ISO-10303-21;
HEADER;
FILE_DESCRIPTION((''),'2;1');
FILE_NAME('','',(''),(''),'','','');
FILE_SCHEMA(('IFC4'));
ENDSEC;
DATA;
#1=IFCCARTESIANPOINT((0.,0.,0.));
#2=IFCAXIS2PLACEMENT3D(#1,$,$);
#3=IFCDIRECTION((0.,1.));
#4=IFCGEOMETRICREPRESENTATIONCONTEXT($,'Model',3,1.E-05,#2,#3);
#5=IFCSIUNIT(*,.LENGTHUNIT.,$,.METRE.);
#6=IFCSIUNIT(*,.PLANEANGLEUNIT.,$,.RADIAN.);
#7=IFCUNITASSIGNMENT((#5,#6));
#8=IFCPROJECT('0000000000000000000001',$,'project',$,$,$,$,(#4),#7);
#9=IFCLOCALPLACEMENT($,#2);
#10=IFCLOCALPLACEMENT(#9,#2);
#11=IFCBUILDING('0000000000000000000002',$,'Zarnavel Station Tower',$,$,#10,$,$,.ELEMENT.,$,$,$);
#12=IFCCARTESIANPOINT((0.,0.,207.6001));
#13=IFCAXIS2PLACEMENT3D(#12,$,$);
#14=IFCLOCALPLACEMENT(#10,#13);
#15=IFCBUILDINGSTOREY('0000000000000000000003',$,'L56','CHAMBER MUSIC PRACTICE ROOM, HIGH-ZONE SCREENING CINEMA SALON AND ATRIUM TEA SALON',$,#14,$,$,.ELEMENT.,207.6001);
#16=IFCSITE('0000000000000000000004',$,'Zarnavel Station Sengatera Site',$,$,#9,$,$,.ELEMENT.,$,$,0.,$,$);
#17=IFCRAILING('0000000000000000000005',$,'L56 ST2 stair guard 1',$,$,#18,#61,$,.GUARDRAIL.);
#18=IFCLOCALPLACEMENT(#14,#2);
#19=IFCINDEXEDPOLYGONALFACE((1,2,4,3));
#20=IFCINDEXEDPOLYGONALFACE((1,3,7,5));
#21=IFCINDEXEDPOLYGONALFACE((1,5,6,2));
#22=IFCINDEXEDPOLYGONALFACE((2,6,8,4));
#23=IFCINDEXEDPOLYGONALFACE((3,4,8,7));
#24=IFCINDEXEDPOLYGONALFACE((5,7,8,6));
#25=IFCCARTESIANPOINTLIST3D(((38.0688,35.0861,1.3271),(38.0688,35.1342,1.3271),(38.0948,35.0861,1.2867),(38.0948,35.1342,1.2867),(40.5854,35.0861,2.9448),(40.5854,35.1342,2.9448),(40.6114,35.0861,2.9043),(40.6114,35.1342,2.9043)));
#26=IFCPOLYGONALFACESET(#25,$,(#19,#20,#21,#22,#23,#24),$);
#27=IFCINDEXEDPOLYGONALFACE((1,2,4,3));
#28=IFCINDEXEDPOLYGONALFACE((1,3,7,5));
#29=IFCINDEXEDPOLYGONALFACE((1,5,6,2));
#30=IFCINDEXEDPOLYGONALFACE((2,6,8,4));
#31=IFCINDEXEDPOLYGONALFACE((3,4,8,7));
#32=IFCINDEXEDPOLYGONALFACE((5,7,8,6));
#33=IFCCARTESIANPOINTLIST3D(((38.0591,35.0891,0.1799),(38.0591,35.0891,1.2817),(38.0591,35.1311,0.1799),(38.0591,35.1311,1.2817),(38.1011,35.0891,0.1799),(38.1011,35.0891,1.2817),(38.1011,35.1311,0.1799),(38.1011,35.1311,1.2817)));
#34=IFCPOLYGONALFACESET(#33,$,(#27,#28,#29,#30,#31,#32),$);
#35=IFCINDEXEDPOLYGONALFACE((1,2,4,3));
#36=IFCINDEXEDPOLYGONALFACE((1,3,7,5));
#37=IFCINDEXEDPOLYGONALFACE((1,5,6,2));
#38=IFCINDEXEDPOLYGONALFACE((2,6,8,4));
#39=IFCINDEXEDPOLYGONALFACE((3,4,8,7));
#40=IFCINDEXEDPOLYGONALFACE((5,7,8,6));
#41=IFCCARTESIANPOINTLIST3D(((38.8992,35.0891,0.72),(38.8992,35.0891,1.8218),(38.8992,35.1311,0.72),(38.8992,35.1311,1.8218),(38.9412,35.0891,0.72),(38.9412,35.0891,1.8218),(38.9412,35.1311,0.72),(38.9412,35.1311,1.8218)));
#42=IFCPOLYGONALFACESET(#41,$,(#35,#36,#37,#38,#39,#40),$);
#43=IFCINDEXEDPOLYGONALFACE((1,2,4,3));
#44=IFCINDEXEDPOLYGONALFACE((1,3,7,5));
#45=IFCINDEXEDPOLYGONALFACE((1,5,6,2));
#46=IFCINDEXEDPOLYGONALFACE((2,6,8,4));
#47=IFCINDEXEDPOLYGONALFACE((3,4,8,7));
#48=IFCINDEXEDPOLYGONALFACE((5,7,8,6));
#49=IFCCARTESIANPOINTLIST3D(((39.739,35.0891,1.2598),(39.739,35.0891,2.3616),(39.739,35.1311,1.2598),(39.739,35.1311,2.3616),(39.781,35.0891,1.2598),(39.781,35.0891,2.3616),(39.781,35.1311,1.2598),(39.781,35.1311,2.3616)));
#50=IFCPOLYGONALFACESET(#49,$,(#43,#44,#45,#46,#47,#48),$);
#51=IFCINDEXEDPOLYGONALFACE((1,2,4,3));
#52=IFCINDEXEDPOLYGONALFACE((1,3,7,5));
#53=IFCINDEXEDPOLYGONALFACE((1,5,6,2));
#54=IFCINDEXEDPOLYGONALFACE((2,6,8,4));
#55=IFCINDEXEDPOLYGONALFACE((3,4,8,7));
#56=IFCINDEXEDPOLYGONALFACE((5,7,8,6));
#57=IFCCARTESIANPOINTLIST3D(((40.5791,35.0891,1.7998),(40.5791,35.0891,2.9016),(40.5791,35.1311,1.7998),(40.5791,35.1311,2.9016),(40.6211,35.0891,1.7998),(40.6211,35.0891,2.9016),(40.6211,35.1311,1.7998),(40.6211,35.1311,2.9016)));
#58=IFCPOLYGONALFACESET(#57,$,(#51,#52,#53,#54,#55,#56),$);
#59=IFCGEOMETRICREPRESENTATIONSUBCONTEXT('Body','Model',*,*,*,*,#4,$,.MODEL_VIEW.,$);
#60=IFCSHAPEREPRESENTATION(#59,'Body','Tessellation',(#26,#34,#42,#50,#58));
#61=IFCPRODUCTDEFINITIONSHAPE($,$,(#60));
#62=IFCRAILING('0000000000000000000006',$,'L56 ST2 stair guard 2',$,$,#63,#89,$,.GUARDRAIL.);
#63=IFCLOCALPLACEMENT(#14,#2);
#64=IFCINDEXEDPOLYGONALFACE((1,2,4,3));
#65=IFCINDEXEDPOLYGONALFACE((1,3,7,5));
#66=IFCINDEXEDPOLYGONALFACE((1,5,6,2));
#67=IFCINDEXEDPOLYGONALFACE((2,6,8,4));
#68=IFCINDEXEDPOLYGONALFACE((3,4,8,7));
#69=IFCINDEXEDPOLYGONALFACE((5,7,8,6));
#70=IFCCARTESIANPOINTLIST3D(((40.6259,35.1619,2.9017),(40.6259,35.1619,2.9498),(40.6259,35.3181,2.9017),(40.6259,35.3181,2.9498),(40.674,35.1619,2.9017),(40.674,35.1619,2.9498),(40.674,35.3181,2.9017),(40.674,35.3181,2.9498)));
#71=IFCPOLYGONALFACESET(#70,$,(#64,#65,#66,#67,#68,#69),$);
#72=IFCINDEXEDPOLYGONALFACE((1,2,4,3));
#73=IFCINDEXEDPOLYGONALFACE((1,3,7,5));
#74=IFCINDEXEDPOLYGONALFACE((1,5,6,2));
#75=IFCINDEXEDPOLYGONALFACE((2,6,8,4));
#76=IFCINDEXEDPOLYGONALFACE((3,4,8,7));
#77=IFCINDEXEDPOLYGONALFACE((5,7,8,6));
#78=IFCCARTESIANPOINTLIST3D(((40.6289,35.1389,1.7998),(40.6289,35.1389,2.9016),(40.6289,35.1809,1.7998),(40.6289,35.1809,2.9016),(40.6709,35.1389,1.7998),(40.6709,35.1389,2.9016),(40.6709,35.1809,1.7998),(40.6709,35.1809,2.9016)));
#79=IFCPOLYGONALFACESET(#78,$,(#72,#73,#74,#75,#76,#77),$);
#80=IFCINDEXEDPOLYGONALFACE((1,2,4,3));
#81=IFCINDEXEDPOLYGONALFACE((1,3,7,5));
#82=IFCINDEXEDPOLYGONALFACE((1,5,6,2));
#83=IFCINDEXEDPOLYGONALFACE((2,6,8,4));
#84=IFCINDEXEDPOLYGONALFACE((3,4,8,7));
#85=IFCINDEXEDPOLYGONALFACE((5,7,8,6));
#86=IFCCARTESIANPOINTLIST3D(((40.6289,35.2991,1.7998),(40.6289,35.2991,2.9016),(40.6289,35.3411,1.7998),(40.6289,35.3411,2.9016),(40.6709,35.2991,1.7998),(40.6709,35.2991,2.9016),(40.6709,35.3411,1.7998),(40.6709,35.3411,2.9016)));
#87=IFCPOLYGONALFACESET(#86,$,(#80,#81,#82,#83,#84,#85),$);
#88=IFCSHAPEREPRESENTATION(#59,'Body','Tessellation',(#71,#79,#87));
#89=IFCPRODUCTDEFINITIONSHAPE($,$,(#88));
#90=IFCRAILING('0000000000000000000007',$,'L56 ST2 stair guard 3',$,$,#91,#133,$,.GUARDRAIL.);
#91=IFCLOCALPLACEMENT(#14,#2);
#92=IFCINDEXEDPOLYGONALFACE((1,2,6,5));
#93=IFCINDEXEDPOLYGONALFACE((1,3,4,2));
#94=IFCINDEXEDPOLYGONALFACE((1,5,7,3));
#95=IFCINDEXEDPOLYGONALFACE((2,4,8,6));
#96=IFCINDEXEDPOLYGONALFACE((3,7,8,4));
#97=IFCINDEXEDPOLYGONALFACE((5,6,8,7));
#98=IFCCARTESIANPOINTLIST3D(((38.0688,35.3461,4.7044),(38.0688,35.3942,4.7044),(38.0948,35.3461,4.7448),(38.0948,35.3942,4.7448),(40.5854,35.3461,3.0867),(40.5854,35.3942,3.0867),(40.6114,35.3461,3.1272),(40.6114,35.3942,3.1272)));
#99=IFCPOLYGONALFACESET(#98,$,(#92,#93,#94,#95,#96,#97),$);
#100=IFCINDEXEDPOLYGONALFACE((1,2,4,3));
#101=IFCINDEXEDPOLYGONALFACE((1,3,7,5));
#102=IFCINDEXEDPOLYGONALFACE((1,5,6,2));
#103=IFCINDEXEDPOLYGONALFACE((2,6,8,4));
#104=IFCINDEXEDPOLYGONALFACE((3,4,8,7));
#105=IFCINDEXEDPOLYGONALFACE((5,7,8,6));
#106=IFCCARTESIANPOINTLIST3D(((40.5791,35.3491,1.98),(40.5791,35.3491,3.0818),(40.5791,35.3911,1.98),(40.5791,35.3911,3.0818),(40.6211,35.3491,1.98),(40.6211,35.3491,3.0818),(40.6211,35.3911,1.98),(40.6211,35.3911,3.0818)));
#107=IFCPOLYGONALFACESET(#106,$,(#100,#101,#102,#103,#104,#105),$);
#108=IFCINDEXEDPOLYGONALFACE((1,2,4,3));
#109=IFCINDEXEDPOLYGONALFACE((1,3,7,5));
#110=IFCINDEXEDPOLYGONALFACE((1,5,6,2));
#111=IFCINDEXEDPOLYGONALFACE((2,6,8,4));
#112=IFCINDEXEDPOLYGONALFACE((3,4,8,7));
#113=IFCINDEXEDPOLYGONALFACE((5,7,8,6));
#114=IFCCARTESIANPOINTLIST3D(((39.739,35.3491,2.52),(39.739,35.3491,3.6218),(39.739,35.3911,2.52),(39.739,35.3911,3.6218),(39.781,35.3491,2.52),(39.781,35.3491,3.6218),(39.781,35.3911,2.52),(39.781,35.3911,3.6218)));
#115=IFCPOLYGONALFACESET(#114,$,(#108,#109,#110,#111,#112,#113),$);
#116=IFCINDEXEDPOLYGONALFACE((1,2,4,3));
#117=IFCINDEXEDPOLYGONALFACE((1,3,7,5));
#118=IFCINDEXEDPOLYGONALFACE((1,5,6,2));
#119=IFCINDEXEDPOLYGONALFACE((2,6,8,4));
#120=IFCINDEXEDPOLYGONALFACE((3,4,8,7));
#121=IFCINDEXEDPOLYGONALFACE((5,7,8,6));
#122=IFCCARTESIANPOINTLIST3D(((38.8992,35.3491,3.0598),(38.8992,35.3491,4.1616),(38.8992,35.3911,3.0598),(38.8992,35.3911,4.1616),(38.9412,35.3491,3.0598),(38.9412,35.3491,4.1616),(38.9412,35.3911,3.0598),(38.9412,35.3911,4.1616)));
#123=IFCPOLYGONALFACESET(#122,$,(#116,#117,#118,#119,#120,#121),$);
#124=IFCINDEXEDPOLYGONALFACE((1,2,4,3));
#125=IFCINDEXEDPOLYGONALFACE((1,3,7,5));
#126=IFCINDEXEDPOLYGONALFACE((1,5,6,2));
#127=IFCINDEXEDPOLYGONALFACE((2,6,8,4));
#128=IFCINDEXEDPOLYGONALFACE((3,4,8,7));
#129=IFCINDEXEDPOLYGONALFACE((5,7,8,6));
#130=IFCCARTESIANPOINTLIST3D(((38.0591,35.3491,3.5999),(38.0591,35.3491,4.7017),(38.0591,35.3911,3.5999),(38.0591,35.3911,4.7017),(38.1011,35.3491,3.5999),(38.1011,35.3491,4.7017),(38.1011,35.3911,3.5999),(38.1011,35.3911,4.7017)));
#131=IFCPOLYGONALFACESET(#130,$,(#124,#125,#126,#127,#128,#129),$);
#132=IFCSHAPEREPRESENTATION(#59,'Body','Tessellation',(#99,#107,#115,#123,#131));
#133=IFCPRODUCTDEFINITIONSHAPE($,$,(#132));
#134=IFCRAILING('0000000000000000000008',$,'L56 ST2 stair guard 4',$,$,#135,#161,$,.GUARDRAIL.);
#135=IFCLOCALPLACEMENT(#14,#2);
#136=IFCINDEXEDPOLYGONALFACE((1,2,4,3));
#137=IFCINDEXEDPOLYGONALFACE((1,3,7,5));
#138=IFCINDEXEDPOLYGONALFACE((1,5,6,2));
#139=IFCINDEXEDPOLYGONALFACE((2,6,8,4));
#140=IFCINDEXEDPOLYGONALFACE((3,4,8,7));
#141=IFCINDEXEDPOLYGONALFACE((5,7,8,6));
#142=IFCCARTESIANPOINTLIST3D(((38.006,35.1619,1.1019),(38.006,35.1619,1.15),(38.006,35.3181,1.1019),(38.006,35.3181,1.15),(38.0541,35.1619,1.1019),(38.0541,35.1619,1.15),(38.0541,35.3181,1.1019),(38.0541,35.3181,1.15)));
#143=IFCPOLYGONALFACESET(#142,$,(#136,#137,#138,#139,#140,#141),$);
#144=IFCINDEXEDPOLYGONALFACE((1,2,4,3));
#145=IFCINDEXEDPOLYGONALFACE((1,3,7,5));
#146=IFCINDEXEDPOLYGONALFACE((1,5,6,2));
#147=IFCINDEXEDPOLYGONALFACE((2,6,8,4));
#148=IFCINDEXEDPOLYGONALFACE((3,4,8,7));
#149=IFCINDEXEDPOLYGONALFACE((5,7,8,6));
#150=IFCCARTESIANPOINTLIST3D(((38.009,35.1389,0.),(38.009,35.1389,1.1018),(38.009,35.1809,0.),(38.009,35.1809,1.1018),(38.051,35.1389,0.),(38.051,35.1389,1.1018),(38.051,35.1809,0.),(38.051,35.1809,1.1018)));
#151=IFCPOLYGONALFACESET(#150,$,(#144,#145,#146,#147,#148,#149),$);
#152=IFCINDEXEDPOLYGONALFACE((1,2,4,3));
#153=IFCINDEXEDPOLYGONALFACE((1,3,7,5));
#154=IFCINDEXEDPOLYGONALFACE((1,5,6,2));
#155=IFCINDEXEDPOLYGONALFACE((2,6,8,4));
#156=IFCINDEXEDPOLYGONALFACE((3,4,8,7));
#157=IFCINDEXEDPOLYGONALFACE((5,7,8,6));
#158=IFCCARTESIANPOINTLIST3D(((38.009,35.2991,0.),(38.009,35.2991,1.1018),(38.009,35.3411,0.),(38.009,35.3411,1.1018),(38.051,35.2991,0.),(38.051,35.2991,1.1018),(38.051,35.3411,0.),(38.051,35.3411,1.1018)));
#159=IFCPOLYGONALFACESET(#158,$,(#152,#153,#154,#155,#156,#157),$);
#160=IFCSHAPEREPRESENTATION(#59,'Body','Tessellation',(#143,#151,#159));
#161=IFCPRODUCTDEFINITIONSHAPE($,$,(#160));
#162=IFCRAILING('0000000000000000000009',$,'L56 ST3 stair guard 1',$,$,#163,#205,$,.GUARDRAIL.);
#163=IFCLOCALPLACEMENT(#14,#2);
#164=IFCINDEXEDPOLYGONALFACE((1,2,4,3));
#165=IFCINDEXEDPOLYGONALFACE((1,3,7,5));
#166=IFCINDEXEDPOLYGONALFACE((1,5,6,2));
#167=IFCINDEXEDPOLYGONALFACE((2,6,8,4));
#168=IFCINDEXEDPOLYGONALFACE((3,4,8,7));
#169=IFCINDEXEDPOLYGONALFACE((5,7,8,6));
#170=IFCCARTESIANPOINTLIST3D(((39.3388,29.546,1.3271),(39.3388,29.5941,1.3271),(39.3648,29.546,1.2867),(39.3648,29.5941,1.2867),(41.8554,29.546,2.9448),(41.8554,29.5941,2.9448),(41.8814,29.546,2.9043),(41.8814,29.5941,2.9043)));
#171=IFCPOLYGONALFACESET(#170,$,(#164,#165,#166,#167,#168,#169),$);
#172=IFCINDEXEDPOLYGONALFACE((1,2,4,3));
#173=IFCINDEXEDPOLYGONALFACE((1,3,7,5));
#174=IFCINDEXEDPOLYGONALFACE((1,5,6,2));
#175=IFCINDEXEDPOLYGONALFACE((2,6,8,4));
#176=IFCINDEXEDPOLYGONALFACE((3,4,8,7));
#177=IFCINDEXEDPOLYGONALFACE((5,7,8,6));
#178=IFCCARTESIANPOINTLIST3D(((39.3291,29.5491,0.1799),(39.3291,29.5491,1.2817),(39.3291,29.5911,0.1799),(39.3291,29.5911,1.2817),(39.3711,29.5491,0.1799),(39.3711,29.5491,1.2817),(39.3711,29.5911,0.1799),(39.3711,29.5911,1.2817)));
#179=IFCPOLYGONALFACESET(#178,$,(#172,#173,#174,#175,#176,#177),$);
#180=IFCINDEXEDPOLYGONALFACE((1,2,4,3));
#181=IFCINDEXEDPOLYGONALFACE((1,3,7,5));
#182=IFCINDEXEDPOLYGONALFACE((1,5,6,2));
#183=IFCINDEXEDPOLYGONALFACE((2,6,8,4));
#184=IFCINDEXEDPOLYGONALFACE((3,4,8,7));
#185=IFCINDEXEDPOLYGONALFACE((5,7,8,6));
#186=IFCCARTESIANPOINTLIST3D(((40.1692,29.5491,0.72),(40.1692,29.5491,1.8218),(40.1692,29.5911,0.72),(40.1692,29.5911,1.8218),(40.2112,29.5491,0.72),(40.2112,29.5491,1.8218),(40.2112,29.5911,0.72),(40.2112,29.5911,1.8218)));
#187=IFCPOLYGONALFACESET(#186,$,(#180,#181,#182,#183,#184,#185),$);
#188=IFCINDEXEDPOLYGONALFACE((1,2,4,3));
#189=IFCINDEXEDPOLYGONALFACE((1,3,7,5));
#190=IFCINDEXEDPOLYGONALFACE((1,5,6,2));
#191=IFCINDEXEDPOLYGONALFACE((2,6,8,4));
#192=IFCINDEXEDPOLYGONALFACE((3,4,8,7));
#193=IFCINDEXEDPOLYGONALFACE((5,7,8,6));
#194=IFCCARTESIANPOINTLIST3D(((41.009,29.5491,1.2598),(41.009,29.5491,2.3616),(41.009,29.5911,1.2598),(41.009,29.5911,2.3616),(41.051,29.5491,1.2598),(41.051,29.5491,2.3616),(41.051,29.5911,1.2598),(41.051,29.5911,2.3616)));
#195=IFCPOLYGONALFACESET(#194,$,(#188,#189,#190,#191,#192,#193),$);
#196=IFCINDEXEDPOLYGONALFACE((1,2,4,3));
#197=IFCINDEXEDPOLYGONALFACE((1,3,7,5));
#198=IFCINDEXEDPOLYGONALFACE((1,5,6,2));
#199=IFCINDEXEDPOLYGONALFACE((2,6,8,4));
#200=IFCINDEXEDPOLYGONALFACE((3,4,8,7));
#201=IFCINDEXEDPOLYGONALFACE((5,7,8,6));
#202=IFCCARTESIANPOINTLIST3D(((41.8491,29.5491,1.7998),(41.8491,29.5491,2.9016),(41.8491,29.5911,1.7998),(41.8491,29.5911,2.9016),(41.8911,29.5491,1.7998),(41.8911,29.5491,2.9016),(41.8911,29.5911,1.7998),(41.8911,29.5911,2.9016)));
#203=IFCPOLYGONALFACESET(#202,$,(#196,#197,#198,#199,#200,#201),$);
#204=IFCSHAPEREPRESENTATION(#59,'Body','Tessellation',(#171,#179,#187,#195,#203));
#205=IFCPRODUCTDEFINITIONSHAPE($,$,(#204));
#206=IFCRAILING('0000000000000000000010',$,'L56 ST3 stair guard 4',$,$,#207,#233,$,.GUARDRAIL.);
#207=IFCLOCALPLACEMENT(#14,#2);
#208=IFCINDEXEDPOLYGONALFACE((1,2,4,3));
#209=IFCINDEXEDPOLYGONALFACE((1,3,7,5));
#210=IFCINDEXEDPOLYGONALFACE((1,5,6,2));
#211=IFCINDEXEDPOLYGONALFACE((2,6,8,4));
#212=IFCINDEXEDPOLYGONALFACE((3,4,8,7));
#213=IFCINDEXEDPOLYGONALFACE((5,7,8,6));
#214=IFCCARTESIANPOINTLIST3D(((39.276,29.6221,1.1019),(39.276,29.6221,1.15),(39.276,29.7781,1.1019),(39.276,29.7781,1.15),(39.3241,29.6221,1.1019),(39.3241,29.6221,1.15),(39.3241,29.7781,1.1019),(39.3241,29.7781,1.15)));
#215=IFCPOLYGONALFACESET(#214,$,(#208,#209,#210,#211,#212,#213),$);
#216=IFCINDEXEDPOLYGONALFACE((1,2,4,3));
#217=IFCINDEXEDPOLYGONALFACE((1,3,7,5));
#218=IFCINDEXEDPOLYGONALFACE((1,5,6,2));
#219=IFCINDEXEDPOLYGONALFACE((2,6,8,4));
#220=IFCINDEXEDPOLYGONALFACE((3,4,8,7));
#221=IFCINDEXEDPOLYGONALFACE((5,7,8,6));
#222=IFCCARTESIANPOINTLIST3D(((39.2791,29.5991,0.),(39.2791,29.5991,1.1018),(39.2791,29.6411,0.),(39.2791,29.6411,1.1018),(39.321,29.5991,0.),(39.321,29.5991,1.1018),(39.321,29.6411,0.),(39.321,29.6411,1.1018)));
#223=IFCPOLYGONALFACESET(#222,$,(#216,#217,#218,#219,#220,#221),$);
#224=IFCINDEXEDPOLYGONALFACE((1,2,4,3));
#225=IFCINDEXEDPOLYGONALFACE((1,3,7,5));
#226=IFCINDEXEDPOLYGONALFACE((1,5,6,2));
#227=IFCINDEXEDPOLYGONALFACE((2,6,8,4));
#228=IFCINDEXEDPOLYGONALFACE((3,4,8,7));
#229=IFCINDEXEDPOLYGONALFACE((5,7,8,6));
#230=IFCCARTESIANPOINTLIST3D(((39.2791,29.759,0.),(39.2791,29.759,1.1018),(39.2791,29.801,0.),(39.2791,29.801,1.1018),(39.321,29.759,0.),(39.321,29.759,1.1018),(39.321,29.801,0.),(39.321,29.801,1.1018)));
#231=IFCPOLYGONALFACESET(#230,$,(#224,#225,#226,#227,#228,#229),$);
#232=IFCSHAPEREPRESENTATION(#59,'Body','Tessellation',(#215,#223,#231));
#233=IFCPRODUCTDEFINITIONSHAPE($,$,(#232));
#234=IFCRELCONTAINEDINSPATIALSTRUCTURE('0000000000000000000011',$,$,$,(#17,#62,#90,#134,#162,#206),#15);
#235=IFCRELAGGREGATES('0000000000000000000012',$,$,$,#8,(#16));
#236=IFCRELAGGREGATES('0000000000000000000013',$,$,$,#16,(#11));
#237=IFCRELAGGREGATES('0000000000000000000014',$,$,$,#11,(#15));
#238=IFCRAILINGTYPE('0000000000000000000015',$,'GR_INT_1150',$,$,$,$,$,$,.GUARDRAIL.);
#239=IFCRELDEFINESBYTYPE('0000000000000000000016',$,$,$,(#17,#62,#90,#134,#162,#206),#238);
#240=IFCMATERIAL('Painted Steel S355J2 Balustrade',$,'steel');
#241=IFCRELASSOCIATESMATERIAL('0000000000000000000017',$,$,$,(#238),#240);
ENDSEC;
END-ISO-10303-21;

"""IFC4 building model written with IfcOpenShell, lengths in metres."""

from ifc_helpers import new_model, si_unit, direction, frame, origin, origin_2d, place, context, subcontext, project, spatial, rectangle, extrude, material, type_object, element, save


model = new_model("IFC4")

# Units and contexts
model_context = context("Model", 3, precision=1e-05, world=origin(), true_north=direction((0.0, 1.0)))
body_context = subcontext(model_context, "Body", "Model", "MODEL_VIEW")
ifc_project = project(units=[si_unit("LENGTHUNIT", "METRE"), si_unit("PLANEANGLEUNIT", "RADIAN")], contexts=[model_context])

# Site, building, storey
site_placement = place(None, origin())
site = spatial("IfcSite", under=ifc_project, at=site_placement, Name="Zarnavel Station Sengatera Site", CompositionType="ELEMENT", RefElevation=0.0)
building_placement = place(site_placement, origin())
building = spatial("IfcBuilding", under=site, at=building_placement, Name="Zarnavel Station Tower", CompositionType="ELEMENT")
storey_placement = place(building_placement, frame((0.0, 0.0, 207.6001)))
storey = spatial("IfcBuildingStorey", under=building, at=storey_placement, Name="L56", Description="CHAMBER MUSIC PRACTICE ROOM, HIGH-ZONE SCREENING CINEMA SALON AND ATRIUM TEA SALON", CompositionType="ELEMENT", Elevation=207.6001)

# Railings
ifc_material_1 = material(Name="Painted Steel S355J2 Balustrade", Category="steel")
railing_type_1 = type_object("IfcRailingType", Name="GR_INT_1150", PredefinedType="GUARDRAIL", material=ifc_material_1)
railing_1_placement = place(storey_placement, frame((38.0801, 35.1101, 0.1799)))
element("IfcRailing", 1, at=railing_1_placement, inside=storey, type_object=railing_type_1, Name="L56 ST2 stair guard 1", PredefinedType="GUARDRAIL", context=body_context, shape_type="SweptSolid", body=[
    extrude(rectangle(XDim=0.0481, YDim=0.0481, at=origin_2d()), frame((0.0017, 0.0, 1.127), z_axis=(0.8412, 0.0, 0.540725), x_axis=(0.0, 1.0, 0.0)), (0.0, 0.0, 1.0), 2.9917),
    extrude(rectangle(XDim=0.042, YDim=0.042, at=origin_2d()), origin(), (0.0, 0.0, 1.0), 1.1018),
    extrude(rectangle(XDim=0.042, YDim=0.042, at=origin_2d()), frame((0.8401, 0.0, 0.54)), (0.0, 0.0, 1.0), 1.1018),
    extrude(rectangle(XDim=0.042, YDim=0.042, at=origin_2d()), frame((1.6799, 0.0, 1.0798)), (0.0, 0.0, 1.0), 1.1018),
    extrude(rectangle(XDim=0.042, YDim=0.042, at=origin_2d()), frame((2.52, 0.0, 1.6199)), (0.0, 0.0, 1.0), 1.1018),
])
railing_2_placement = place(storey_placement, frame((40.6499, 35.1599, 1.7998)))
element("IfcRailing", 2, at=railing_2_placement, inside=storey, type_object=railing_type_1, Name="L56 ST2 stair guard 2", PredefinedType="GUARDRAIL", context=body_context, shape_type="SweptSolid", body=[
    extrude(rectangle(XDim=0.0481, YDim=0.0481, at=origin_2d()), frame((0.0, 0.002, 1.126), z_axis=(0.0, 1.0, 0.0), x_axis=(-1.0, 0.0, 0.0)), (0.0, 0.0, 1.0), 0.1562),
    extrude(rectangle(XDim=0.042, YDim=0.042, at=origin_2d()), origin(), (0.0, 0.0, 1.0), 1.1018),
    extrude(rectangle(XDim=0.042, YDim=0.042, at=origin_2d()), frame((0.0, 0.1602, 0.0)), (0.0, 0.0, 1.0), 1.1018),
])
railing_3_placement = place(storey_placement, frame((40.6001, 35.3701, 1.98)))
element("IfcRailing", 3, at=railing_3_placement, inside=storey, type_object=railing_type_1, Name="L56 ST2 stair guard 3", PredefinedType="GUARDRAIL", context=body_context, shape_type="SweptSolid", body=[
    extrude(rectangle(XDim=0.0481, YDim=0.0481, at=origin_2d()), frame((-0.0017, 0.0, 1.127), z_axis=(-0.8412, 0.0, 0.540725), x_axis=(0.0, -1.0, 0.0)), (0.0, 0.0, 1.0), 2.9917),
    extrude(rectangle(XDim=0.042, YDim=0.042, at=origin_2d()), origin(), (0.0, 0.0, 1.0), 1.1018),
    extrude(rectangle(XDim=0.042, YDim=0.042, at=origin_2d()), frame((-0.8401, 0.0, 0.54)), (0.0, 0.0, 1.0), 1.1018),
    extrude(rectangle(XDim=0.042, YDim=0.042, at=origin_2d()), frame((-1.6799, 0.0, 1.0798)), (0.0, 0.0, 1.0), 1.1018),
    extrude(rectangle(XDim=0.042, YDim=0.042, at=origin_2d()), frame((-2.52, 0.0, 1.6199)), (0.0, 0.0, 1.0), 1.1018),
])
railing_4_placement = place(storey_placement, frame((38.03, 35.1599, 0.0)))
element("IfcRailing", 4, at=railing_4_placement, inside=storey, type_object=railing_type_1, Name="L56 ST2 stair guard 4", PredefinedType="GUARDRAIL", context=body_context, shape_type="SweptSolid", body=[
    extrude(rectangle(XDim=0.0481, YDim=0.0481, at=origin_2d()), frame((0.0, 0.002, 1.126), z_axis=(0.0, 1.0, 0.0), x_axis=(-1.0, 0.0, 0.0)), (0.0, 0.0, 1.0), 0.1562),
    extrude(rectangle(XDim=0.042, YDim=0.042, at=origin_2d()), origin(), (0.0, 0.0, 1.0), 1.1018),
    extrude(rectangle(XDim=0.042, YDim=0.042, at=origin_2d()), frame((0.0, 0.1602, 0.0)), (0.0, 0.0, 1.0), 1.1018),
])
railing_5_placement = place(storey_placement, frame((39.3501, 29.5701, 0.1799)))
element("IfcRailing", 5, at=railing_5_placement, inside=storey, type_object=railing_type_1, Name="L56 ST3 stair guard 1", PredefinedType="GUARDRAIL", context=body_context, shape_type="SweptSolid", body=[
    extrude(rectangle(XDim=0.0481, YDim=0.0481, at=origin_2d()), frame((0.0017, 0.0, 1.127), z_axis=(0.8412, 0.0, 0.540725), x_axis=(0.0, 1.0, 0.0)), (0.0, 0.0, 1.0), 2.9917),
    extrude(rectangle(XDim=0.042, YDim=0.042, at=origin_2d()), origin(), (0.0, 0.0, 1.0), 1.1018),
    extrude(rectangle(XDim=0.042, YDim=0.042, at=origin_2d()), frame((0.8401, 0.0, 0.54)), (0.0, 0.0, 1.0), 1.1018),
    extrude(rectangle(XDim=0.042, YDim=0.042, at=origin_2d()), frame((1.6799, 0.0, 1.0798)), (0.0, 0.0, 1.0), 1.1018),
    extrude(rectangle(XDim=0.042, YDim=0.042, at=origin_2d()), frame((2.52, 0.0, 1.6199)), (0.0, 0.0, 1.0), 1.1018),
])
railing_6_placement = place(storey_placement, frame((39.3, 29.6201, 0.0)))
element("IfcRailing", 6, at=railing_6_placement, inside=storey, type_object=railing_type_1, Name="L56 ST3 stair guard 4", PredefinedType="GUARDRAIL", context=body_context, shape_type="SweptSolid", body=[
    extrude(rectangle(XDim=0.0481, YDim=0.0481, at=origin_2d()), frame((0.0, 0.002, 1.126), z_axis=(0.0, 1.0, 0.0), x_axis=(-1.0, 0.0, 0.0)), (0.0, 0.0, 1.0), 0.156),
    extrude(rectangle(XDim=0.042, YDim=0.042, at=origin_2d()), origin(), (0.0, 0.0, 1.0), 1.1018),
    extrude(rectangle(XDim=0.042, YDim=0.042, at=origin_2d()), frame((0.0, 0.1599, 0.0)), (0.0, 0.0, 1.0), 1.1018),
])

save(model, "model.ifc")
